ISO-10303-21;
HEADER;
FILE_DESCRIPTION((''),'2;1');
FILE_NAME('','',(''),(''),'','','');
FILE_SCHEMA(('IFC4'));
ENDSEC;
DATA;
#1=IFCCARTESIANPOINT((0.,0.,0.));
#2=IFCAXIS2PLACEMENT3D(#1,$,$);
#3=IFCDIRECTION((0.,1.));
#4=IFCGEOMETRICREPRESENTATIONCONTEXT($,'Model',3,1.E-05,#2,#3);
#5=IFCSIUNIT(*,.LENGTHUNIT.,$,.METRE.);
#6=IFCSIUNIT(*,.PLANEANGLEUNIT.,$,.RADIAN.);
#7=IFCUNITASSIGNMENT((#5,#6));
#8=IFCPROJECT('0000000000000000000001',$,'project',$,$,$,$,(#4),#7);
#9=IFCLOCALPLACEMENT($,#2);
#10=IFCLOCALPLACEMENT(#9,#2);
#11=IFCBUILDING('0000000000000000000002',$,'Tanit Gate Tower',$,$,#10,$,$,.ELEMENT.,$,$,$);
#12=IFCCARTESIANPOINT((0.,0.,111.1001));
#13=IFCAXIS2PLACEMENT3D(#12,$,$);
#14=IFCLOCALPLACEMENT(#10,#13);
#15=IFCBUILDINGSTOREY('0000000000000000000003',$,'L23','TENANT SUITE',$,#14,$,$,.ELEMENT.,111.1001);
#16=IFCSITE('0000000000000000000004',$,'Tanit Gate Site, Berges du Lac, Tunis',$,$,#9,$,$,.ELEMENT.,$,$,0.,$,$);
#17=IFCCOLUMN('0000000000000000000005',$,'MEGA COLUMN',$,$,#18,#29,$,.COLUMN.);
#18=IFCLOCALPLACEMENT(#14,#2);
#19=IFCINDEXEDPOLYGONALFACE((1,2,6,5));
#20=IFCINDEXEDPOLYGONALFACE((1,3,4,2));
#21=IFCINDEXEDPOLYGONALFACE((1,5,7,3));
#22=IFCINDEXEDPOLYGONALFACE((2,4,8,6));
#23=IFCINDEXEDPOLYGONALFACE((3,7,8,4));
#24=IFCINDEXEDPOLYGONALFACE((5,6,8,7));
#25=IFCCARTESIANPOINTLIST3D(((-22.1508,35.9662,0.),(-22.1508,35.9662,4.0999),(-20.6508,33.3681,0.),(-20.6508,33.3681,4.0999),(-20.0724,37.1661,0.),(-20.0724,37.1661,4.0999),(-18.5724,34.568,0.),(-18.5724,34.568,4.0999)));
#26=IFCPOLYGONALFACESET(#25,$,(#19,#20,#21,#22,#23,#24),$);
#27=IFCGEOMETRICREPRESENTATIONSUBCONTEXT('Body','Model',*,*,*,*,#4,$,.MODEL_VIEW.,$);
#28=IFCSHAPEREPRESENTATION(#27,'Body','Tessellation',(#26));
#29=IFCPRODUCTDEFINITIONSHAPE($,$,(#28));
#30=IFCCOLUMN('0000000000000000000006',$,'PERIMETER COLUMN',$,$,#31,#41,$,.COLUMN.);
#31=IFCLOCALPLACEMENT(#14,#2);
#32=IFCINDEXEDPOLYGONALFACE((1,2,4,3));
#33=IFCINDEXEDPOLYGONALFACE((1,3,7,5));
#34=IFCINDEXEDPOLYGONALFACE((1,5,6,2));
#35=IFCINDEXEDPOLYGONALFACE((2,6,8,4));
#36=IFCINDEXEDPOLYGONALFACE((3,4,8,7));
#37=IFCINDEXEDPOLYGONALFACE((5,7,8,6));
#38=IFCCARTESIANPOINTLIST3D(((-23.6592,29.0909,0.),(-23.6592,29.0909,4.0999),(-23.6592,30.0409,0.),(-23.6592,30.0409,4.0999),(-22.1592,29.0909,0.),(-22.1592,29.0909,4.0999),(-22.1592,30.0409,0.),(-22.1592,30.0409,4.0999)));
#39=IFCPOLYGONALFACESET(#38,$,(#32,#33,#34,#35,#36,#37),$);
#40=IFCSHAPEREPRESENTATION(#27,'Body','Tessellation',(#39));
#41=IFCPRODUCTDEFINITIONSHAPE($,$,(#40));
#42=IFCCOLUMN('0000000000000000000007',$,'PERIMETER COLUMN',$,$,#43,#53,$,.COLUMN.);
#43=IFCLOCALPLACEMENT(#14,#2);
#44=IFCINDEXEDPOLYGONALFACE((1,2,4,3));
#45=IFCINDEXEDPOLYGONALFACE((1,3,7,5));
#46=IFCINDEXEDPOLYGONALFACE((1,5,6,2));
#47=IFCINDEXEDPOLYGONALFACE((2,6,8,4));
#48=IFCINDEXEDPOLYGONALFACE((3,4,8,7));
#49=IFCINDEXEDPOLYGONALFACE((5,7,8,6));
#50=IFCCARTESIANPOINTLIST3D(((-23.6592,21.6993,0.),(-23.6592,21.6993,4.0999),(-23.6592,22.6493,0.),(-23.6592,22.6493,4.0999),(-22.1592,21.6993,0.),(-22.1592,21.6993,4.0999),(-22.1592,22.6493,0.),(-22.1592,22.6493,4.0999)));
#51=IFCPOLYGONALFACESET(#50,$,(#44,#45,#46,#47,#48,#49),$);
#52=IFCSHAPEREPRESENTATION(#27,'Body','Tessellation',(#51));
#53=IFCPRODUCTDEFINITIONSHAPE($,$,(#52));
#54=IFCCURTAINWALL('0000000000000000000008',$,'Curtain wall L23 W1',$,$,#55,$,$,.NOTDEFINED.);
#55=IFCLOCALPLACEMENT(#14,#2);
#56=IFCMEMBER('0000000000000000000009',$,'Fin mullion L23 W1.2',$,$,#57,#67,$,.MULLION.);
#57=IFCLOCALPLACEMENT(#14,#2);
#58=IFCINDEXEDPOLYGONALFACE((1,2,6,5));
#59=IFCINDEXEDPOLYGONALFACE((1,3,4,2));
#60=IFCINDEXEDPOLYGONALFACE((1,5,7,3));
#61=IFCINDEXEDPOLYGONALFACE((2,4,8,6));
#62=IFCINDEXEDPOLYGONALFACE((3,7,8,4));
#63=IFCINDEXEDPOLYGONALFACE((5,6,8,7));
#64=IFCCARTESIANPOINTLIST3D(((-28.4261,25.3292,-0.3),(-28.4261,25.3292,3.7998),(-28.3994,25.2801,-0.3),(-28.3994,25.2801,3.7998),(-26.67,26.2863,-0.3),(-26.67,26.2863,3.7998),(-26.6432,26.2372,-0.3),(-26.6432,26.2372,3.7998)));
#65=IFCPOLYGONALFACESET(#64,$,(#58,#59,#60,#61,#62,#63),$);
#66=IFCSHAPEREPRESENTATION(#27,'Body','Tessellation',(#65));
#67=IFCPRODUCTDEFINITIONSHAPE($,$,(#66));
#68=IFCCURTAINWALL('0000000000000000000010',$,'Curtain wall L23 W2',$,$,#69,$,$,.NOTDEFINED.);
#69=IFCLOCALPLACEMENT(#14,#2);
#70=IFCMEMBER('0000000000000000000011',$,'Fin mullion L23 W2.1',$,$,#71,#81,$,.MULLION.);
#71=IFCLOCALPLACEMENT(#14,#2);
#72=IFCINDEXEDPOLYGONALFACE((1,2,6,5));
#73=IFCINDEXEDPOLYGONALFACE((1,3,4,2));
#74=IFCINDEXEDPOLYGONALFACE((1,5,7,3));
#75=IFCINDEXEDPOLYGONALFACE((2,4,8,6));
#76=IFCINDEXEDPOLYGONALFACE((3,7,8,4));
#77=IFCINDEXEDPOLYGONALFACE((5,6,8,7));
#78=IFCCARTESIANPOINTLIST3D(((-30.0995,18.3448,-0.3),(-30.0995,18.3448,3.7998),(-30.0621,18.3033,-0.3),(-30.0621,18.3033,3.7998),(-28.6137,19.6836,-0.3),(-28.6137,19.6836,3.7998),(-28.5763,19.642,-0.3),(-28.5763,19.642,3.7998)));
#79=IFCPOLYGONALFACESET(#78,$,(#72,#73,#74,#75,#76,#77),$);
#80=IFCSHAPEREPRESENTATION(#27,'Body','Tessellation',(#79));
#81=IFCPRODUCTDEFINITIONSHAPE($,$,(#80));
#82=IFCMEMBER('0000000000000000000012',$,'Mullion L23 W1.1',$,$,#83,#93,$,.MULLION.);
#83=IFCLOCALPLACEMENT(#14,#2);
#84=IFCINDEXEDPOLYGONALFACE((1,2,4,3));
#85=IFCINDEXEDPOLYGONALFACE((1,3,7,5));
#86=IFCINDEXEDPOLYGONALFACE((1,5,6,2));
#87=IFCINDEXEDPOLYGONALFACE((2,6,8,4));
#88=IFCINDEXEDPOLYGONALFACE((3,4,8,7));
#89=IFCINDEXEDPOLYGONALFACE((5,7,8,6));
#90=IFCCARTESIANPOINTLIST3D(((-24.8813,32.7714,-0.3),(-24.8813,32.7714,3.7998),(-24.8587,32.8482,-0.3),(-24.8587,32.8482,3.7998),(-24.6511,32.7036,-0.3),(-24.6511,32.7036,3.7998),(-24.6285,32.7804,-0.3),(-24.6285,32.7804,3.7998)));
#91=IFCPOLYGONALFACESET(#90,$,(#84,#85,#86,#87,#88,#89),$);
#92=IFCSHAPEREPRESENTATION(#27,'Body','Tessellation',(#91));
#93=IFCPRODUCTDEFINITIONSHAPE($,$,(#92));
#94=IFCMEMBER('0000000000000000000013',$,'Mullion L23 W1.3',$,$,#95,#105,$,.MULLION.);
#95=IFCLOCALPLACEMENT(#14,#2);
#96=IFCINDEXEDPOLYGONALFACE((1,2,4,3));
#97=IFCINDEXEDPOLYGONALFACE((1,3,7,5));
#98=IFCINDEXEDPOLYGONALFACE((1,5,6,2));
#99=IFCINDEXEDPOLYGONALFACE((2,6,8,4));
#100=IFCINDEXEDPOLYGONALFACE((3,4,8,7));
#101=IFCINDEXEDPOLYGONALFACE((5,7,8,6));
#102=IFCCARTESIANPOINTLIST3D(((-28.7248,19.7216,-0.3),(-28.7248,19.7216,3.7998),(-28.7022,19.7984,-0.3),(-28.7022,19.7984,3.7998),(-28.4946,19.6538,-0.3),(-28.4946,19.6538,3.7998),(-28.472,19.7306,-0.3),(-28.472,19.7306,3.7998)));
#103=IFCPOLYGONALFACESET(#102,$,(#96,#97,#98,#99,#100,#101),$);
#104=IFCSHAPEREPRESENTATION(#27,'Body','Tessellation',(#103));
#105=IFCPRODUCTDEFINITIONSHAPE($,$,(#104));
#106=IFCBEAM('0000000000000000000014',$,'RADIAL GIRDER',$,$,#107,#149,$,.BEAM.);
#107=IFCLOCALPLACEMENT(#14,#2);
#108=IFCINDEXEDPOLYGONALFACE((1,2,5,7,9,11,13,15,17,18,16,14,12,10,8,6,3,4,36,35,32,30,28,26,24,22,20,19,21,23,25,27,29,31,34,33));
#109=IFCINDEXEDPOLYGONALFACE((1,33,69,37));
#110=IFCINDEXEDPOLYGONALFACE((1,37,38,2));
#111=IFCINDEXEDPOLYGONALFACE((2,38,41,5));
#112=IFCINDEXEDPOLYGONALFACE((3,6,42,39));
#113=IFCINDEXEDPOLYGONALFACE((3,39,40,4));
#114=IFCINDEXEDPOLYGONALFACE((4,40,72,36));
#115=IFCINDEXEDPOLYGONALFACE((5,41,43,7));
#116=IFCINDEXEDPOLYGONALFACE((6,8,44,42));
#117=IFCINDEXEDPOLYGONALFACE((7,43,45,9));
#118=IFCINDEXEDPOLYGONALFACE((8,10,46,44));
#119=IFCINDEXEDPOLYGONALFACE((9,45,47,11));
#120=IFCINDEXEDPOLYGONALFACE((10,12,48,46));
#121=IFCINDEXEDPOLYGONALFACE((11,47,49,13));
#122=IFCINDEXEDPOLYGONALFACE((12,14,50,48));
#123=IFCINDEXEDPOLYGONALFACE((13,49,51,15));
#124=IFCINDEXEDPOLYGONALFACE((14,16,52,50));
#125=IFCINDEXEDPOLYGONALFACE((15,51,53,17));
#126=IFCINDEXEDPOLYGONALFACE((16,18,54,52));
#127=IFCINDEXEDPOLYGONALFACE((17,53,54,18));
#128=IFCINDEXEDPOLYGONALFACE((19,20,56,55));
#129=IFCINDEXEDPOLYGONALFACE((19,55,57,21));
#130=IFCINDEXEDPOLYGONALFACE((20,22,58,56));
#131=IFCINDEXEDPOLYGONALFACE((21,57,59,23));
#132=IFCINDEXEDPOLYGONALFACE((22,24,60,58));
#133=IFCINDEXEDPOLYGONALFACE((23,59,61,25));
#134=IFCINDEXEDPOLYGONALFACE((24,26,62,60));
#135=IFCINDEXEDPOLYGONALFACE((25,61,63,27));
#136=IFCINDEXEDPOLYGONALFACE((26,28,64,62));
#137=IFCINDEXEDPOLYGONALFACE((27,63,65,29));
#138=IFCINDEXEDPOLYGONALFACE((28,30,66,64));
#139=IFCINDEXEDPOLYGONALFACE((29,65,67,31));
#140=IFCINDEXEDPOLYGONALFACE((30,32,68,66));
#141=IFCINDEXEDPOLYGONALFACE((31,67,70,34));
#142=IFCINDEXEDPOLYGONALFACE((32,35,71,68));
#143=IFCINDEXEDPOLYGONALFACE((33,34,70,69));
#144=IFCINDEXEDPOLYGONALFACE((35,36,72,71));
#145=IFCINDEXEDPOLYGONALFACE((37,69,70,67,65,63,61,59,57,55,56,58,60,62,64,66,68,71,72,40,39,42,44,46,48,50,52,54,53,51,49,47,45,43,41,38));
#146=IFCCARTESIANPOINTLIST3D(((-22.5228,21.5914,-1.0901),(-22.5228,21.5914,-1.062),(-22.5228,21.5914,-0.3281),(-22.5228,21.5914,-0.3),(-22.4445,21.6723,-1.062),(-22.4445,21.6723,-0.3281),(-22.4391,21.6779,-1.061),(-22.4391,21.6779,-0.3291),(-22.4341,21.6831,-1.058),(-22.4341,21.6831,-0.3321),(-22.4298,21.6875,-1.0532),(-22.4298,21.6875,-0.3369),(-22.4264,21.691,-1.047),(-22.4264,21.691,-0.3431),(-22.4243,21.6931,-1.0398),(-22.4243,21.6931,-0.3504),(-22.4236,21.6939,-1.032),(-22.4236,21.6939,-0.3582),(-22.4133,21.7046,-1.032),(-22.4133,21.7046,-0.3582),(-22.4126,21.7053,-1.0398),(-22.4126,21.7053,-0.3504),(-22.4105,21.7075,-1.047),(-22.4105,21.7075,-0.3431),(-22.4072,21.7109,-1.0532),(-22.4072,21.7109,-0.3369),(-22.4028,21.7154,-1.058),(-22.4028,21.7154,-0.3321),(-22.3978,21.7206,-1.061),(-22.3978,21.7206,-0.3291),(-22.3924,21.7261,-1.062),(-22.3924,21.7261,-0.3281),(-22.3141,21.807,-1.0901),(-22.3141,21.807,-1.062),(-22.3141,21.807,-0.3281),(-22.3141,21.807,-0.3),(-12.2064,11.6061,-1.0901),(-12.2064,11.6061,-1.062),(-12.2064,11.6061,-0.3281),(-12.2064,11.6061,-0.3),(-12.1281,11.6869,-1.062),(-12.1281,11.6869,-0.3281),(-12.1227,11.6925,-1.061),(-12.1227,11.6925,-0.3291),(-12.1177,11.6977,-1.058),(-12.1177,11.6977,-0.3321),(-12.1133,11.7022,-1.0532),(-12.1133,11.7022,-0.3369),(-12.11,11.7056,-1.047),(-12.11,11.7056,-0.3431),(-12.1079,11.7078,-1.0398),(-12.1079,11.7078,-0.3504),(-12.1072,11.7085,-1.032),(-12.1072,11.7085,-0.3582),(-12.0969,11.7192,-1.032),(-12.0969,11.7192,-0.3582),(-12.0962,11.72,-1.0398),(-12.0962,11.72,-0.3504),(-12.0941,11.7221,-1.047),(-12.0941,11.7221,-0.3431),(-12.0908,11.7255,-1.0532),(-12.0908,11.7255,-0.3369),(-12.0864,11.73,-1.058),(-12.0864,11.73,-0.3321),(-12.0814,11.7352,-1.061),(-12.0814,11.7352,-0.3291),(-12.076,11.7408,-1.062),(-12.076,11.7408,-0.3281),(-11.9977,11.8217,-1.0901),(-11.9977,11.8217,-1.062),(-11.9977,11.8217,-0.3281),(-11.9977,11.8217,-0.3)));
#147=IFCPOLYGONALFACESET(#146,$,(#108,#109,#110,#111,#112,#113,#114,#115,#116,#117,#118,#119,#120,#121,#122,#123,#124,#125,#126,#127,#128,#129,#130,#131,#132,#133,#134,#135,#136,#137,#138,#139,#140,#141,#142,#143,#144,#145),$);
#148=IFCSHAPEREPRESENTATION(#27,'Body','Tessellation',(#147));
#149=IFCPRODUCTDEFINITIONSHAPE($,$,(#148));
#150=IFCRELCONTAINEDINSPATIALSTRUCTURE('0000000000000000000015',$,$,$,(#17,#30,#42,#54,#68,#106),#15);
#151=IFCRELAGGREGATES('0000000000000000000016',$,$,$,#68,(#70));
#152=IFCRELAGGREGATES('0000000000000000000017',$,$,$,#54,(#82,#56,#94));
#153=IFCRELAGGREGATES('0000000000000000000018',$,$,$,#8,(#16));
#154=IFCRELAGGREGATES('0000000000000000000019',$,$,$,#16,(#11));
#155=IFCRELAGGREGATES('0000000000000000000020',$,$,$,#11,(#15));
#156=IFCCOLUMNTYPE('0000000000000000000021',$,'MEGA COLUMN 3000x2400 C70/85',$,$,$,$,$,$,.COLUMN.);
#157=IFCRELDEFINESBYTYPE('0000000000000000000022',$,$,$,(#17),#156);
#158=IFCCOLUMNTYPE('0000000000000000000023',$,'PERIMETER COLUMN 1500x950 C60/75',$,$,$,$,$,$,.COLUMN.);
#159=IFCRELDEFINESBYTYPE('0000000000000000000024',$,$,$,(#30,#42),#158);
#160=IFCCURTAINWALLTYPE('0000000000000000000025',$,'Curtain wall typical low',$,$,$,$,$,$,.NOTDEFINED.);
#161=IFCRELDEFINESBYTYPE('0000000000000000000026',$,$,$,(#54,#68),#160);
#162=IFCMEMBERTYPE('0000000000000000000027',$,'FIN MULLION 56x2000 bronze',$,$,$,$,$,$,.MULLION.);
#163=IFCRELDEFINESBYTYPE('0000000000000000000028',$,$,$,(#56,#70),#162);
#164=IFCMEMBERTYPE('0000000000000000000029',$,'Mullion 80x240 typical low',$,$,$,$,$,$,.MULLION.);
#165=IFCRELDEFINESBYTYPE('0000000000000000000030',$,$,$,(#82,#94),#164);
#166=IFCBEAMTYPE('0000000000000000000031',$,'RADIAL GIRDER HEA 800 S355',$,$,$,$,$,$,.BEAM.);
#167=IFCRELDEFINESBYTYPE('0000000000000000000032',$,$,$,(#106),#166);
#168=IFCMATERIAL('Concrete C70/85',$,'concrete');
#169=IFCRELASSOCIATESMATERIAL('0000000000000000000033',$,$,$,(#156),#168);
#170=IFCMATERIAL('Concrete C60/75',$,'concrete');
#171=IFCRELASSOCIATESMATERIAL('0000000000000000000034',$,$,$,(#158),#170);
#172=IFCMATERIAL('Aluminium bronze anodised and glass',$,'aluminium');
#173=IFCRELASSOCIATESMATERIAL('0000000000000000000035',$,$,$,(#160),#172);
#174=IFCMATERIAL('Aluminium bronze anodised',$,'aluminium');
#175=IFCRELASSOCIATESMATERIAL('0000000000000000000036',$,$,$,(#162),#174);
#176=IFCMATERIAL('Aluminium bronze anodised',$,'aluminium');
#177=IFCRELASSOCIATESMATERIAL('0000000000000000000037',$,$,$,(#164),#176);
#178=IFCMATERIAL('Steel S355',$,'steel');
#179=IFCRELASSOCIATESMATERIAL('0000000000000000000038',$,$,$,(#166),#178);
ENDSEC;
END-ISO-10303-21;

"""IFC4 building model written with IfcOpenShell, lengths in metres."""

from ifc_helpers import new_model, si_unit, direction, frame, origin, origin_2d, place, context, subcontext, project, spatial, rectangle, i_section, extrude, material, material_profile, profile_set, type_object, element, aggregate, save


model = new_model("IFC4")

# Units and contexts
model_context = context("Model", 3, precision=1e-05, world=origin(), true_north=direction((0.0, 1.0)))
body_context = subcontext(model_context, "Body", "Model", "MODEL_VIEW")
ifc_project = project(units=[si_unit("LENGTHUNIT", "METRE"), si_unit("PLANEANGLEUNIT", "RADIAN")], contexts=[model_context])

# Site, building, storey
site_placement = place(None, origin())
site = spatial("IfcSite", under=ifc_project, at=site_placement, Name="Tanit Gate Site, Berges du Lac, Tunis", CompositionType="ELEMENT", RefElevation=0.0)
building_placement = place(site_placement, origin())
building = spatial("IfcBuilding", under=site, at=building_placement, Name="Tanit Gate Tower", CompositionType="ELEMENT")
storey_placement = place(building_placement, frame((0.0, 0.0, 111.1001)))
storey = spatial("IfcBuildingStorey", under=building, at=storey_placement, Name="L23", Description="TENANT SUITE", CompositionType="ELEMENT", Elevation=111.1001)

# Columns
ifc_material_1 = material(Name="Concrete C70/85", Category="concrete")
ifc_material_profile_1 = material_profile(ifc_material_1, rectangle(XDim=3.0, YDim=2.3999, at=origin_2d()), Name="RC 3000x2400")
ifc_profile_set_1 = profile_set([ifc_material_profile_1], Name="Concrete C70/85")
column_type_1 = type_object("IfcColumnType", Name="MEGA COLUMN 3000x2400 C70/85", PredefinedType="COLUMN", material=ifc_profile_set_1)
column_placement = place(storey_placement, frame((-20.3616, 35.2671, 0.0), z_axis=(0.0, 0.0, 1.0), x_axis=(-0.5, 0.866025, 0.0)))
element("IfcColumn", 1, at=column_placement, inside=storey, type_object=column_type_1, Name="MEGA COLUMN", PredefinedType="COLUMN", context=body_context, shape_type="SweptSolid", body=[
    extrude(rectangle(XDim=3.0, YDim=2.3999, at=origin_2d()), origin(), (0.0, 0.0, 1.0), 4.0999),
])
ifc_material_2 = material(Name="Concrete C60/75", Category="concrete")
ifc_material_profile_2 = material_profile(ifc_material_2, rectangle(XDim=1.5, YDim=0.95, at=origin_2d()), Name="RC 1500x950")
ifc_profile_set_2 = profile_set([ifc_material_profile_2], Name="Concrete C60/75")
column_type_2 = type_object("IfcColumnType", Name="PERIMETER COLUMN 1500x950 C60/75", PredefinedType="COLUMN", material=ifc_profile_set_2)
for number, where, z_axis, x_axis, name in (
    (2, (-22.9092, 29.5659, 0.0), (0.0, 0.0, 1.0), (-1.0, 0.0, 0.0), "PERIMETER COLUMN"),
    (3, (-22.9092, 22.1743, 0.0), (0.0, 0.0, 1.0), (-1.0, 0.0, 0.0), "PERIMETER COLUMN"),
):
    element("IfcColumn", number, at=place(storey_placement, frame(where, z_axis=z_axis, x_axis=x_axis)), inside=storey, type_object=column_type_2, Name=name, PredefinedType="COLUMN", context=body_context, shape_type="SweptSolid", body=[
        extrude(rectangle(XDim=1.5, YDim=0.95, at=origin_2d()), origin(), (0.0, 0.0, 1.0), 4.0999),
    ])

# Curtain walls, members
ifc_material_3 = material(Name="Aluminium bronze anodised and glass", Category="aluminium")
curtain_wall_type = type_object("IfcCurtainWallType", Name="Curtain wall typical low", PredefinedType="NOTDEFINED", material=ifc_material_3)
curtain_wall_1_placement = place(storey_placement, origin())
curtain_wall_1 = element("IfcCurtainWall", 4, at=curtain_wall_1_placement, inside=storey, type_object=curtain_wall_type, Name="Curtain wall L23 W1", PredefinedType="NOTDEFINED")
ifc_material_4 = material(Name="Aluminium bronze anodised", Category="aluminium")
ifc_material_profile_3 = material_profile(ifc_material_4, rectangle(XDim=2.0, YDim=0.0559, at=origin_2d()), Name="56x2000 bronze fin mullion")
ifc_profile_set_3 = profile_set([ifc_material_profile_3], Name="Aluminium bronze anodised")
member_type_1 = type_object("IfcMemberType", Name="FIN MULLION 56x2000 bronze", PredefinedType="MULLION", material=ifc_profile_set_3)
member_1_placement = place(storey_placement, frame((-27.5347, 25.7832, -0.3), z_axis=(0.0, 0.0, 1.0), x_axis=(0.878074, 0.478524, 0.0)))
member_1 = element("IfcMember", 5, at=member_1_placement, type_object=member_type_1, Name="Fin mullion L23 W1.2", PredefinedType="MULLION", context=body_context, shape_type="SweptSolid", body=[
    extrude(rectangle(XDim=2.0, YDim=0.0559, at=origin_2d()), origin(), (0.0, 0.0, 1.0), 4.0999),
])
curtain_wall_2_placement = place(storey_placement, origin())
curtain_wall_2 = element("IfcCurtainWall", 6, at=curtain_wall_2_placement, inside=storey, type_object=curtain_wall_type, Name="Curtain wall L23 W2", PredefinedType="NOTDEFINED")
member_2_placement = place(storey_placement, frame((-29.3379, 18.9934, -0.3), z_axis=(0.0, 0.0, 1.0), x_axis=(0.742922, 0.669378, 0.0)))
member_2 = element("IfcMember", 7, at=member_2_placement, type_object=member_type_1, Name="Fin mullion L23 W2.1", PredefinedType="MULLION", context=body_context, shape_type="SweptSolid", body=[
    extrude(rectangle(XDim=2.0, YDim=0.0559, at=origin_2d()), origin(), (0.0, 0.0, 1.0), 4.0999),
])

# Members
ifc_material_5 = material(Name="Aluminium bronze anodised", Category="aluminium")
ifc_material_profile_4 = material_profile(ifc_material_5, rectangle(XDim=0.24, YDim=0.0801, at=origin_2d()), Name="80x240 bronze mullion")
ifc_profile_set_4 = profile_set([ifc_material_profile_4], Name="Aluminium bronze anodised")
member_type_2 = type_object("IfcMemberType", Name="Mullion 80x240 typical low", PredefinedType="MULLION", material=ifc_profile_set_4)
member_3_placement = place(storey_placement, frame((-24.7549, 32.7759, -0.3), z_axis=(0.0, 0.0, 1.0), x_axis=(0.95926, -0.282525, 0.0)))
member_3 = element("IfcMember", 8, at=member_3_placement, type_object=member_type_2, Name="Mullion L23 W1.1", PredefinedType="MULLION", context=body_context, shape_type="SweptSolid", body=[
    extrude(rectangle(XDim=0.24, YDim=0.0801, at=origin_2d()), origin(), (0.0, 0.0, 1.0), 4.0999),
])
member_4_placement = place(storey_placement, frame((-28.5984, 19.7261, -0.3), z_axis=(0.0, 0.0, 1.0), x_axis=(0.95926, -0.282525, 0.0)))
member_4 = element("IfcMember", 9, at=member_4_placement, type_object=member_type_2, Name="Mullion L23 W1.3", PredefinedType="MULLION", context=body_context, shape_type="SweptSolid", body=[
    extrude(rectangle(XDim=0.24, YDim=0.0801, at=origin_2d()), origin(), (0.0, 0.0, 1.0), 4.0999),
])

# Beam
ifc_material_6 = material(Name="Steel S355", Category="steel")
ifc_material_profile_5 = material_profile(ifc_material_6, i_section(OverallWidth=0.3, OverallDepth=0.79, WebThickness=0.0149, FlangeThickness=0.0281, FilletRadius=0.03, at=origin_2d()), Name="HEA 800")
ifc_profile_set_5 = profile_set([ifc_material_profile_5], Name="Steel S355")
beam_type_1 = type_object("IfcBeamType", Name="RADIAL GIRDER HEA 800 S355", PredefinedType="BEAM", material=ifc_profile_set_5)
beam_1_placement = place(storey_placement, frame((-22.4185, 21.6992, -0.6951), z_axis=(0.718542, -0.695484, 0.0), x_axis=(0.695484, 0.718542, 0.0)))
element("IfcBeam", 10, at=beam_1_placement, inside=storey, type_object=beam_type_1, Name="RADIAL GIRDER", PredefinedType="BEAM", context=body_context, shape_type="SweptSolid", body=[
    extrude(i_section(OverallWidth=0.3, OverallDepth=0.79, WebThickness=0.0149, FlangeThickness=0.0281, FilletRadius=0.03, at=origin_2d()), origin(), (0.0, 0.0, 1.0), 14.3574),
])

aggregate(curtain_wall_2, [member_2])

aggregate(curtain_wall_1, [member_3, member_1, member_4])

save(model, "model.ifc")
